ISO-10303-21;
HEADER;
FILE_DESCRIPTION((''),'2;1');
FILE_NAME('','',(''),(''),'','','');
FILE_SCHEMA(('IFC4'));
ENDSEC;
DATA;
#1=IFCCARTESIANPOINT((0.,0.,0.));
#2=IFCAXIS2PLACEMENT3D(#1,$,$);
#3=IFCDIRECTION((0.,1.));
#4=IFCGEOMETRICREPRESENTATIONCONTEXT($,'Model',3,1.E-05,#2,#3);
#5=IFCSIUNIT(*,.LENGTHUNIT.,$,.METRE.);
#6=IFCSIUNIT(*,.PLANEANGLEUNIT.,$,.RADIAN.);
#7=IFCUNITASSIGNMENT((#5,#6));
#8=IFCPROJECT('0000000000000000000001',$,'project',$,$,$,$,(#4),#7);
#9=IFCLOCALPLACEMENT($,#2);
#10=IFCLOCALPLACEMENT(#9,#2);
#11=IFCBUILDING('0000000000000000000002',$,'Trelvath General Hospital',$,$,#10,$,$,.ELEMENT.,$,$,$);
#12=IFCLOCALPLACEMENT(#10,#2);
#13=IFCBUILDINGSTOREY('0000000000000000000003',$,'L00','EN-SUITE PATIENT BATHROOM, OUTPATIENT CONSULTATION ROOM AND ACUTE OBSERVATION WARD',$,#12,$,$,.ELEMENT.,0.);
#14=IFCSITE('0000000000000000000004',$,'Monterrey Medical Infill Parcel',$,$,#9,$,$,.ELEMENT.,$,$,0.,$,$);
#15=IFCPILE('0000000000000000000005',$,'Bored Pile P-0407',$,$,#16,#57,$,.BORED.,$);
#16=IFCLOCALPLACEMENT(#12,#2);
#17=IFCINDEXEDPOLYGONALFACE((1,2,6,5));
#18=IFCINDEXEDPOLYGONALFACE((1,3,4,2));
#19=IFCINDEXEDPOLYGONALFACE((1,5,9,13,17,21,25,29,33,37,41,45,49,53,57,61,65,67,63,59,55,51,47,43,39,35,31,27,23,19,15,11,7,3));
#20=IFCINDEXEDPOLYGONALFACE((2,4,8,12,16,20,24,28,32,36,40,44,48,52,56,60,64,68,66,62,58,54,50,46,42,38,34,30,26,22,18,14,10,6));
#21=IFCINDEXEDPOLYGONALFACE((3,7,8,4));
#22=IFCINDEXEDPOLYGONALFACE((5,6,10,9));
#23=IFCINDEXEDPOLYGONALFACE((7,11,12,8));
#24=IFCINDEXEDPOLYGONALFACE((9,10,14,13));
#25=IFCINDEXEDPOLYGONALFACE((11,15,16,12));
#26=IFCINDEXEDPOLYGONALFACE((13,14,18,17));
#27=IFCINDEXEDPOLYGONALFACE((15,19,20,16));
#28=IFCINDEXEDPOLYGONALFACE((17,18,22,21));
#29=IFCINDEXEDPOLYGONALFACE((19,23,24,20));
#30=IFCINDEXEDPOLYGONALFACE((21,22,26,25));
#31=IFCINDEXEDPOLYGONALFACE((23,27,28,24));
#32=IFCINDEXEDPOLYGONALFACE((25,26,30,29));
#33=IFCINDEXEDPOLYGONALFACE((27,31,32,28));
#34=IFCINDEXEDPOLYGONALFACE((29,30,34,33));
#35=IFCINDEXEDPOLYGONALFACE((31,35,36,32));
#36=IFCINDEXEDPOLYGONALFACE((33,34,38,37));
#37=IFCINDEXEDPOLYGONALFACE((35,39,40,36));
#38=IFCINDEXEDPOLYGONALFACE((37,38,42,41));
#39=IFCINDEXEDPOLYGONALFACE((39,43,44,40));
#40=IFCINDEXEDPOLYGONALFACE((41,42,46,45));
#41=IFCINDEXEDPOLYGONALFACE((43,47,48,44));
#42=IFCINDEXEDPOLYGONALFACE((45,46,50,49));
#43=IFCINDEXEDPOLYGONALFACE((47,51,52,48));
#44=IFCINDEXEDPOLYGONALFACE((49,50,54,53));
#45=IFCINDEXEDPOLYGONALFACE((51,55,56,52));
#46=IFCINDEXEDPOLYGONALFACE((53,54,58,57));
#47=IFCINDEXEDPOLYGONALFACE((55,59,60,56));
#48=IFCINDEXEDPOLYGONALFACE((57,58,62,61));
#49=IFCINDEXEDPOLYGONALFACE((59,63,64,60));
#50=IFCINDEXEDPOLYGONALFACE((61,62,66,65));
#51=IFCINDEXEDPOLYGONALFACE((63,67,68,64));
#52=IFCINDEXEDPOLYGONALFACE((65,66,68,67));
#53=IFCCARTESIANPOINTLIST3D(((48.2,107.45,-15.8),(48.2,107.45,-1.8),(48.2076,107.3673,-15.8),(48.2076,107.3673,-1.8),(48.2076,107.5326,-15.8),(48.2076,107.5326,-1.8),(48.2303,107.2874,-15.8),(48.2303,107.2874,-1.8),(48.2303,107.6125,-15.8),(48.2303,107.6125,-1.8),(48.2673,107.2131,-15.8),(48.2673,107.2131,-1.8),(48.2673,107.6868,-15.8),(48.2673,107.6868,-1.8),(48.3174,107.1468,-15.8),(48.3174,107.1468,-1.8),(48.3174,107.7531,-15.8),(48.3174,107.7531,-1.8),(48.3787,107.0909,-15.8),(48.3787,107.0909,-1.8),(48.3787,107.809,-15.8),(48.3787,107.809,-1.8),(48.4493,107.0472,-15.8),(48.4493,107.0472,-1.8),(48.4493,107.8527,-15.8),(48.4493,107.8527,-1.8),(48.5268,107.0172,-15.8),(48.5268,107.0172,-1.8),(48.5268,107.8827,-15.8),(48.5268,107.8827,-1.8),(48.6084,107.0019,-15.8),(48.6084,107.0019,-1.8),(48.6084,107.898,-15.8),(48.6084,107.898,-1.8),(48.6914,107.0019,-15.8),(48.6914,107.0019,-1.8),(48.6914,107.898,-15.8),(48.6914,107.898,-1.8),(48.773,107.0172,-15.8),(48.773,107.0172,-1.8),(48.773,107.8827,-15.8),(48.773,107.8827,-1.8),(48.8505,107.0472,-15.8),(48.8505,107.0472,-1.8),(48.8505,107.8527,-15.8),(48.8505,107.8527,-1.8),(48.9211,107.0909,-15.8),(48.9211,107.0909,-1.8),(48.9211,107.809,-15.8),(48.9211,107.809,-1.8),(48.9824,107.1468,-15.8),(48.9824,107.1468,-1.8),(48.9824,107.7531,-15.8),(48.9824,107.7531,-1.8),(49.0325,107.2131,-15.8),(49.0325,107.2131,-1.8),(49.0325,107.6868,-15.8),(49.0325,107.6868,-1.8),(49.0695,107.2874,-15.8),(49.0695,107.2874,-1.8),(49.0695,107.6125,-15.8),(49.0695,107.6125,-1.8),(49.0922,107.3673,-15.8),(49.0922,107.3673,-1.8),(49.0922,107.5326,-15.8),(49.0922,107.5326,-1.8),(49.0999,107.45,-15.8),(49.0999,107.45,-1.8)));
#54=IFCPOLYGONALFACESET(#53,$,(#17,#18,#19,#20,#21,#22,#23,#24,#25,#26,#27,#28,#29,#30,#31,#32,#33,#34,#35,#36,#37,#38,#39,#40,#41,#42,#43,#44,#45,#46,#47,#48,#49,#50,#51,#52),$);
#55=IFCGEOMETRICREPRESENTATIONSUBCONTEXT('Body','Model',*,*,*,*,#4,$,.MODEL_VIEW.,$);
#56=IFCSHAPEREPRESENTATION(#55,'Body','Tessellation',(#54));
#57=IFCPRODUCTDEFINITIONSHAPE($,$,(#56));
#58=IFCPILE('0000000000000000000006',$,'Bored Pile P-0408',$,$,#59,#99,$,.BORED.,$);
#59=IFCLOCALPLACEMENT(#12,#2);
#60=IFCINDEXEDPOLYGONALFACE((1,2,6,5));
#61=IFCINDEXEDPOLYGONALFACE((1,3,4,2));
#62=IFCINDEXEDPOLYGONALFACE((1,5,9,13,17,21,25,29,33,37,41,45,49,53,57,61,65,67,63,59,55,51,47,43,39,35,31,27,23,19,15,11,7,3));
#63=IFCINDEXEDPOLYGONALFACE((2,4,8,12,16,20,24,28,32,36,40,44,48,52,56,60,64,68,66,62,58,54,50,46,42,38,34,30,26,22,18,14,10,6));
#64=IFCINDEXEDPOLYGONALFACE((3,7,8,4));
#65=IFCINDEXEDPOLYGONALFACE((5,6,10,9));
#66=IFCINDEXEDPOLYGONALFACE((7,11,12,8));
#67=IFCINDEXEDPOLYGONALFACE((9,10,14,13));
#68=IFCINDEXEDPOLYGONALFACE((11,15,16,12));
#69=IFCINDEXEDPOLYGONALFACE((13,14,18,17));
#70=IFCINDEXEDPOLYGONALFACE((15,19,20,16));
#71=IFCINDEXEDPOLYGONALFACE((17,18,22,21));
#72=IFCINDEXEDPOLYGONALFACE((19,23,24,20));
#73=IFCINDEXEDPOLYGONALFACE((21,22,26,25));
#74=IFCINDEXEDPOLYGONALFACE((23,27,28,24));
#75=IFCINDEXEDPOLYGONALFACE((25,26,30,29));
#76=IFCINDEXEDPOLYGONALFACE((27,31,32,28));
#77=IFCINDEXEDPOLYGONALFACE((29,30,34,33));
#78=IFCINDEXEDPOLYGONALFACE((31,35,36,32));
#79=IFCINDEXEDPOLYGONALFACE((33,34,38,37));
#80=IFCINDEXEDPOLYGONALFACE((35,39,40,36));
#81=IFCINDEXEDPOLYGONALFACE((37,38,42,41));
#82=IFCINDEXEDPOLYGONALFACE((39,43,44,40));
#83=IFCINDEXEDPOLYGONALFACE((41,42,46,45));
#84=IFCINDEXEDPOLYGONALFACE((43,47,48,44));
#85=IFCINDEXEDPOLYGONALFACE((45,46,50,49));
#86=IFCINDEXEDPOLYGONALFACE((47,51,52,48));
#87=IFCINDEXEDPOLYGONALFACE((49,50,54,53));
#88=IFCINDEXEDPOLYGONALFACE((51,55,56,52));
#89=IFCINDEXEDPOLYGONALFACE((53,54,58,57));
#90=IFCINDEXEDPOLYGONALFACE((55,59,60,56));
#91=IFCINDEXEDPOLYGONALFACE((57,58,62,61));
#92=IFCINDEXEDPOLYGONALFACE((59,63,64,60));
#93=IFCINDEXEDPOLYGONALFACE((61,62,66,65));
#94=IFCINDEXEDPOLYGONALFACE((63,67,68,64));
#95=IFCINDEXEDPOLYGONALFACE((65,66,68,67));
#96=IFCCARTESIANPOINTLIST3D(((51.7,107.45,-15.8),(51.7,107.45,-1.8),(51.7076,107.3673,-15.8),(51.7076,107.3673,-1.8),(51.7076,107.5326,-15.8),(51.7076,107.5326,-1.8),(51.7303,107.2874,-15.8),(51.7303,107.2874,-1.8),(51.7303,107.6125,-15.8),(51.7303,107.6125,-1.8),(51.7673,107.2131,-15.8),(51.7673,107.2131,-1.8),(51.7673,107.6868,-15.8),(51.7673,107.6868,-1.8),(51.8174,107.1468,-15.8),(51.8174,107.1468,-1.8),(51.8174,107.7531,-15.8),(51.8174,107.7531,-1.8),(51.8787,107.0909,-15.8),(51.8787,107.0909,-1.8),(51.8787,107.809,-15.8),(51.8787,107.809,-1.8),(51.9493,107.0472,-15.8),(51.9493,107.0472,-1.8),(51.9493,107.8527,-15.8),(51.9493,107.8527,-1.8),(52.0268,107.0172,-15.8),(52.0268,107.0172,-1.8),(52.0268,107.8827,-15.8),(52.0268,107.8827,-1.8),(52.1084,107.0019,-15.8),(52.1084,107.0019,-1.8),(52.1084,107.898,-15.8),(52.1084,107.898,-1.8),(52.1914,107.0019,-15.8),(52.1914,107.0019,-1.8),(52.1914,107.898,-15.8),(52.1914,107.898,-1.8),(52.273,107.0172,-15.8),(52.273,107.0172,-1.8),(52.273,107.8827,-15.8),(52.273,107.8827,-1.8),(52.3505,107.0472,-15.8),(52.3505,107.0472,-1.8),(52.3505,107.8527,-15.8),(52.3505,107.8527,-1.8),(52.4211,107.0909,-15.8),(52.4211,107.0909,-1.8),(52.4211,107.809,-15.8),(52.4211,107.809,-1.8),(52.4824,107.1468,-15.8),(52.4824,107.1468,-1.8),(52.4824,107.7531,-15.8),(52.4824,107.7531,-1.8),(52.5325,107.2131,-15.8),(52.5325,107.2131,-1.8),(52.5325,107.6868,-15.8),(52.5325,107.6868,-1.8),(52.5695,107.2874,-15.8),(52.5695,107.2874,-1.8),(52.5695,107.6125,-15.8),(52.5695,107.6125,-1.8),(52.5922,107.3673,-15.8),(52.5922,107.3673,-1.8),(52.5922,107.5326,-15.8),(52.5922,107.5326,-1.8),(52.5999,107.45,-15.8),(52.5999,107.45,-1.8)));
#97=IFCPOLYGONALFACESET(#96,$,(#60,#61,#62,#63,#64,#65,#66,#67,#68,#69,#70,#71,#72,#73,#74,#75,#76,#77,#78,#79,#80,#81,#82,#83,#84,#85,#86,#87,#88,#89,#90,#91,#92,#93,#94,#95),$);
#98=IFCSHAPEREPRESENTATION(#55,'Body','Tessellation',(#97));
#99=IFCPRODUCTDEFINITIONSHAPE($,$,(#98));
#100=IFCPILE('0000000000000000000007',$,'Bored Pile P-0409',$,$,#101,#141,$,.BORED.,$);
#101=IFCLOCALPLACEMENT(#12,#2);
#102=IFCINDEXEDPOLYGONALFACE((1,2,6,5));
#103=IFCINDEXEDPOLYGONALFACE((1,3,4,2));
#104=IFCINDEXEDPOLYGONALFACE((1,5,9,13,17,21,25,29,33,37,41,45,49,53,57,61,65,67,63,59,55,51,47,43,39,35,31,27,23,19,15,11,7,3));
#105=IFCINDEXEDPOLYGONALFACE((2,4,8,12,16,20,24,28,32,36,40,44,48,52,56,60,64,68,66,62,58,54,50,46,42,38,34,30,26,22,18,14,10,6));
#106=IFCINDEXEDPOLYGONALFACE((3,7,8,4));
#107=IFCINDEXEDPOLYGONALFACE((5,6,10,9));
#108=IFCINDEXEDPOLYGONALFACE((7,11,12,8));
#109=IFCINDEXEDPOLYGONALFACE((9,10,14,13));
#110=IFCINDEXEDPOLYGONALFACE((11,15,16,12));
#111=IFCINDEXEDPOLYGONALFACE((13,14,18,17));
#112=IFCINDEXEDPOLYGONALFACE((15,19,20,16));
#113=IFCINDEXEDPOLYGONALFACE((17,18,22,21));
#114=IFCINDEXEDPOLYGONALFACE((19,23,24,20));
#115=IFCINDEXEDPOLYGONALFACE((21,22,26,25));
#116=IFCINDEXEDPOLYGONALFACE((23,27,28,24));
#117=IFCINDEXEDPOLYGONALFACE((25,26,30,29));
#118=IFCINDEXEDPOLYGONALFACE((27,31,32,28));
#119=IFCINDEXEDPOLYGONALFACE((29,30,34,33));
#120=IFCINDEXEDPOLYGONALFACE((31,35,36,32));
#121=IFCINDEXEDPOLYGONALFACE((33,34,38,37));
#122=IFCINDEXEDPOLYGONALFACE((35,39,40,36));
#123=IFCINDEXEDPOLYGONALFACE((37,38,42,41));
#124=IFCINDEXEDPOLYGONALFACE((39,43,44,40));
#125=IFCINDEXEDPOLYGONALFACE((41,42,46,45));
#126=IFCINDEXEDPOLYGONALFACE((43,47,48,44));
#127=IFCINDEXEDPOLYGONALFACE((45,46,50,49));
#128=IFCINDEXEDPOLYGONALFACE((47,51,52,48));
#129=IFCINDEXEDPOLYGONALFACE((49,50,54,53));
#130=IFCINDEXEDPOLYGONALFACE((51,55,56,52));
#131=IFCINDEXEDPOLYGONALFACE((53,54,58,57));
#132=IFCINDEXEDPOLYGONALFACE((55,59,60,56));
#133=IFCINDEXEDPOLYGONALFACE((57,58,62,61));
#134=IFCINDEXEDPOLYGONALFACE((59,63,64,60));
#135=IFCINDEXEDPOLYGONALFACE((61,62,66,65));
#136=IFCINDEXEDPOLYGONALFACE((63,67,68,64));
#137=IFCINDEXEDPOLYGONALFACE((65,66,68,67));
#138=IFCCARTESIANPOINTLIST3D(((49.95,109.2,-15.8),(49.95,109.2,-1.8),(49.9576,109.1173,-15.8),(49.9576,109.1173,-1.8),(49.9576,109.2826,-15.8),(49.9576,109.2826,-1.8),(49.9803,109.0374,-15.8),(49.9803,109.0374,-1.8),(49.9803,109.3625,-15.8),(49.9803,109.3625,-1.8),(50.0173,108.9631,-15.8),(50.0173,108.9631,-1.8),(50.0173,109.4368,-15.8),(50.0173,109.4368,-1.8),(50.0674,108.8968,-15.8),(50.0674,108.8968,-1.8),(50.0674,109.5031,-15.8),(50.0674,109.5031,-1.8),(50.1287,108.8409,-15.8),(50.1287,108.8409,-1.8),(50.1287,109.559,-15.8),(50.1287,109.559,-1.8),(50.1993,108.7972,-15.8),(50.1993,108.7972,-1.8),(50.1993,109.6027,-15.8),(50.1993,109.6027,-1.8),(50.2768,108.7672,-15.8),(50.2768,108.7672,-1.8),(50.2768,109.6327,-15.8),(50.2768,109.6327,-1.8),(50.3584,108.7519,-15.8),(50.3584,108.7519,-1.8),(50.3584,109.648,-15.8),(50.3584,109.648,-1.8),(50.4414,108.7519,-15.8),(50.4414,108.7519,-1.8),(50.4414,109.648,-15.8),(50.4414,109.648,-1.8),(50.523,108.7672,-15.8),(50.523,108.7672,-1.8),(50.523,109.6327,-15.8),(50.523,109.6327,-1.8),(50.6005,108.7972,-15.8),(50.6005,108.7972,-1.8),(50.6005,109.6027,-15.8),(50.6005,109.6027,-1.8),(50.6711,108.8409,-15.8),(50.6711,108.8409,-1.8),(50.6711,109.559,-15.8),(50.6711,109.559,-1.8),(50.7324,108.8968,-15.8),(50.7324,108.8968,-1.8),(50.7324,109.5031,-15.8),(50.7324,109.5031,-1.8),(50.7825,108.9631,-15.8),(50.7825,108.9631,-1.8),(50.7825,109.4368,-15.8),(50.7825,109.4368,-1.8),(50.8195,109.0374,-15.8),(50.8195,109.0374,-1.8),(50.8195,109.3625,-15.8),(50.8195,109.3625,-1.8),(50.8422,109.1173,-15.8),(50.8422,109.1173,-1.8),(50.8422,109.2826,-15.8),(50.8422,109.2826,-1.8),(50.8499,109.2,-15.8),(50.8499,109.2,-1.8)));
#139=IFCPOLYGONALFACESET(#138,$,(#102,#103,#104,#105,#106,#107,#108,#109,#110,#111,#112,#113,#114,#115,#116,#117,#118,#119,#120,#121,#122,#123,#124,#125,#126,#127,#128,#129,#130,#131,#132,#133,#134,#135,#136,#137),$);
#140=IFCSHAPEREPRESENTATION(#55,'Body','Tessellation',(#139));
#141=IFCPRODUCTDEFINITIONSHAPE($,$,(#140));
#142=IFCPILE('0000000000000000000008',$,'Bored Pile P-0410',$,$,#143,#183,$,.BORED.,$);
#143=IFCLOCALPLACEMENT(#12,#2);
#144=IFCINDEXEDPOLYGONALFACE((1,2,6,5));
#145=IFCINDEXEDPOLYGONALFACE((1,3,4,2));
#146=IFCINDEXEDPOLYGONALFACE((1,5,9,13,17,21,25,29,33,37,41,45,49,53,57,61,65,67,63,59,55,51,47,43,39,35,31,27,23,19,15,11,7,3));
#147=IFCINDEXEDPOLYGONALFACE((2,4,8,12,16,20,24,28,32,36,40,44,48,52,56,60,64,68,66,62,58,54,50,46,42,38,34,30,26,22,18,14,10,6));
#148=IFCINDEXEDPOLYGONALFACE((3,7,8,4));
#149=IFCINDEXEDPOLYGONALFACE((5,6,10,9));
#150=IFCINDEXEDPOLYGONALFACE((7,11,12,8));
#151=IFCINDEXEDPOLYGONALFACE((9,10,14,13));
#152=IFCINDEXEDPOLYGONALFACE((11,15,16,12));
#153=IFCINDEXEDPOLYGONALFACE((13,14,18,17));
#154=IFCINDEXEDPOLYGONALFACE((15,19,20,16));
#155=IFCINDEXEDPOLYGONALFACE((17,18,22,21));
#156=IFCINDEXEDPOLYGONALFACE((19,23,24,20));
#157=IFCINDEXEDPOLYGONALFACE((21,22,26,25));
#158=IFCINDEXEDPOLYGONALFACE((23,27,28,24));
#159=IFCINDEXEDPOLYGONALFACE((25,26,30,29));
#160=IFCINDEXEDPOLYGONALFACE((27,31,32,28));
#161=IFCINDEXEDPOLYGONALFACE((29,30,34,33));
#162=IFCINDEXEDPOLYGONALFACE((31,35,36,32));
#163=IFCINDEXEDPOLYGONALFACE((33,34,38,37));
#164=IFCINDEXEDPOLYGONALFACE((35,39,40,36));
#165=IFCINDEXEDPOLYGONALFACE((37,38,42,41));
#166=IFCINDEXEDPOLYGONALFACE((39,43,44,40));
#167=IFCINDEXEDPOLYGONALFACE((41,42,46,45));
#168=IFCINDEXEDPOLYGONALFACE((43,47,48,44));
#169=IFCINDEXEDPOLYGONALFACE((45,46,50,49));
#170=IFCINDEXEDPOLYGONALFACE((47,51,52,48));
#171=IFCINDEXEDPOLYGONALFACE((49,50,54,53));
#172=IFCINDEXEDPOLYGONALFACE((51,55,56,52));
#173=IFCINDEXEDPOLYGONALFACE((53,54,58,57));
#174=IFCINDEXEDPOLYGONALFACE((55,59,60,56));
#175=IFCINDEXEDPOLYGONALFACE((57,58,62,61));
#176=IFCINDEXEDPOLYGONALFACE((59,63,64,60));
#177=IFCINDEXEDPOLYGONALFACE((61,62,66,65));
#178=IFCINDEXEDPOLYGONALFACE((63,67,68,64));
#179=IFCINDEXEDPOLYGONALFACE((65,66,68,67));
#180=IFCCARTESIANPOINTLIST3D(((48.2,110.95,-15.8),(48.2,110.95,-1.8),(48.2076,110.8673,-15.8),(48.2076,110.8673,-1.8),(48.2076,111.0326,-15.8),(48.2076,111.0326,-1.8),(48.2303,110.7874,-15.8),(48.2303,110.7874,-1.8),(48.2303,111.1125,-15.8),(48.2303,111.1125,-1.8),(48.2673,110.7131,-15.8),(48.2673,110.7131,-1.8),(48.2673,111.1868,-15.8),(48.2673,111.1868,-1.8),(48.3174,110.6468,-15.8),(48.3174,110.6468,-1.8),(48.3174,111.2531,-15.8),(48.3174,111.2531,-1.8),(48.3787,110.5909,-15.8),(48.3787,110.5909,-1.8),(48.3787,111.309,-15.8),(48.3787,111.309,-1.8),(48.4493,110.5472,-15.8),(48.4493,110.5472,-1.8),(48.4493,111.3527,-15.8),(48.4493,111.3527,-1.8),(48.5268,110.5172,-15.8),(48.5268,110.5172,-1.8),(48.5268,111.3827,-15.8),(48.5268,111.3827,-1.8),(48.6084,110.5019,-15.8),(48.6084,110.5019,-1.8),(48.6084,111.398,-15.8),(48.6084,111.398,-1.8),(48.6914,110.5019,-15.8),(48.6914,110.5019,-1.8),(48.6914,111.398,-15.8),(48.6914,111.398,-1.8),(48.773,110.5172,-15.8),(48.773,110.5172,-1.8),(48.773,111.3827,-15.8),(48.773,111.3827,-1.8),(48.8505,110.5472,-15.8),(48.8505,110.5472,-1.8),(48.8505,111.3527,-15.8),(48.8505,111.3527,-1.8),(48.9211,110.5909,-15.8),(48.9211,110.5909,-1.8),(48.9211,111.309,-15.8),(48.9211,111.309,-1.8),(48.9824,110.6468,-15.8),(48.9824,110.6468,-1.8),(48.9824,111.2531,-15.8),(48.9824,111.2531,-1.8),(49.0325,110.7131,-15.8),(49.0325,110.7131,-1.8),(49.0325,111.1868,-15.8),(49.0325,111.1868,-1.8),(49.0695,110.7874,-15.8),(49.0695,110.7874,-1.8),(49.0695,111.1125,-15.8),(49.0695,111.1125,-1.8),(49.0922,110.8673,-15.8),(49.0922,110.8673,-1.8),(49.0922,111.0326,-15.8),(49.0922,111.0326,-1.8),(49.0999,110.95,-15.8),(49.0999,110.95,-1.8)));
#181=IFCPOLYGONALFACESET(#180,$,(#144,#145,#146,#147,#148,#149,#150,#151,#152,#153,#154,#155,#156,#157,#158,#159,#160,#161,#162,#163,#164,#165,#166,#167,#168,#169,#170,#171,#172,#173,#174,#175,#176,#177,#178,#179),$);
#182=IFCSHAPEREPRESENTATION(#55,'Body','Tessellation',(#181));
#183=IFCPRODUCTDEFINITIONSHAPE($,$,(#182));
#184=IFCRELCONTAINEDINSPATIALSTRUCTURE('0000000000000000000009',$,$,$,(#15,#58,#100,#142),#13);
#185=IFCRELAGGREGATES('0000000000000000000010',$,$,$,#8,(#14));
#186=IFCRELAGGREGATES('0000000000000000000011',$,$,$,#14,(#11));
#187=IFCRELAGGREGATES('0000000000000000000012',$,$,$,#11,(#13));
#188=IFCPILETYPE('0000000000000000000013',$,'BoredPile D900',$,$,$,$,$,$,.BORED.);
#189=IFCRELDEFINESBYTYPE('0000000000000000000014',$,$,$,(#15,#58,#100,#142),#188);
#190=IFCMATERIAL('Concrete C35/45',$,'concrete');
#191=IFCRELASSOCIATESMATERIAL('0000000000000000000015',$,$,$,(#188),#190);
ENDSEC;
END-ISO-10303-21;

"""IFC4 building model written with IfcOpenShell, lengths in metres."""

from ifc_helpers import new_model, si_unit, direction, frame, origin, origin_2d, place, context, subcontext, project, spatial, circle, extrude, material, material_profile, profile_set, type_object, element, save


model = new_model("IFC4")

# Units and contexts
model_context = context("Model", 3, precision=1e-05, world=origin(), true_north=direction((0.0, 1.0)))
body_context = subcontext(model_context, "Body", "Model", "MODEL_VIEW")
ifc_project = project(units=[si_unit("LENGTHUNIT", "METRE"), si_unit("PLANEANGLEUNIT", "RADIAN")], contexts=[model_context])

# Site, building, storey
site_placement = place(None, origin())
site = spatial("IfcSite", under=ifc_project, at=site_placement, Name="Monterrey Medical Infill Parcel", CompositionType="ELEMENT", RefElevation=0.0)
building_placement = place(site_placement, origin())
building = spatial("IfcBuilding", under=site, at=building_placement, Name="Trelvath General Hospital", CompositionType="ELEMENT")
storey_placement = place(building_placement, origin())
storey = spatial("IfcBuildingStorey", under=building, at=storey_placement, Name="L00", Description="EN-SUITE PATIENT BATHROOM, OUTPATIENT CONSULTATION ROOM AND ACUTE OBSERVATION WARD", CompositionType="ELEMENT", Elevation=0.0)

# Piles
ifc_material_1 = material(Name="Concrete C35/45", Category="concrete")
ifc_material_profile_1 = material_profile(ifc_material_1, circle(Radius=0.45, at=origin_2d()), Name="PILE900")
ifc_profile_set_1 = profile_set([ifc_material_profile_1], Name="Concrete C35/45")
pile_type = type_object("IfcPileType", Name="BoredPile D900", PredefinedType="BORED", material=ifc_profile_set_1)
for number, where, z_axis, x_axis, name in (
    (1, (48.6499, 107.45, -1.8), (0.0, 0.0, -1.0), (1.0, 0.0, 0.0), "Bored Pile P-0407"),
    (2, (52.1499, 107.45, -1.8), (0.0, 0.0, -1.0), (1.0, 0.0, 0.0), "Bored Pile P-0408"),
    (3, (50.3999, 109.2, -1.8), (0.0, 0.0, -1.0), (1.0, 0.0, 0.0), "Bored Pile P-0409"),
    (4, (48.6499, 110.95, -1.8), (0.0, 0.0, -1.0), (1.0, 0.0, 0.0), "Bored Pile P-0410"),
):
    element("IfcPile", number, at=place(storey_placement, frame(where, z_axis=z_axis, x_axis=x_axis)), inside=storey, type_object=pile_type, Name=name, PredefinedType="BORED", context=body_context, shape_type="SweptSolid", body=[
        extrude(circle(Radius=0.45, at=origin_2d()), origin(), (0.0, 0.0, 1.0), 14.0),
    ])

save(model, "model.ifc")
